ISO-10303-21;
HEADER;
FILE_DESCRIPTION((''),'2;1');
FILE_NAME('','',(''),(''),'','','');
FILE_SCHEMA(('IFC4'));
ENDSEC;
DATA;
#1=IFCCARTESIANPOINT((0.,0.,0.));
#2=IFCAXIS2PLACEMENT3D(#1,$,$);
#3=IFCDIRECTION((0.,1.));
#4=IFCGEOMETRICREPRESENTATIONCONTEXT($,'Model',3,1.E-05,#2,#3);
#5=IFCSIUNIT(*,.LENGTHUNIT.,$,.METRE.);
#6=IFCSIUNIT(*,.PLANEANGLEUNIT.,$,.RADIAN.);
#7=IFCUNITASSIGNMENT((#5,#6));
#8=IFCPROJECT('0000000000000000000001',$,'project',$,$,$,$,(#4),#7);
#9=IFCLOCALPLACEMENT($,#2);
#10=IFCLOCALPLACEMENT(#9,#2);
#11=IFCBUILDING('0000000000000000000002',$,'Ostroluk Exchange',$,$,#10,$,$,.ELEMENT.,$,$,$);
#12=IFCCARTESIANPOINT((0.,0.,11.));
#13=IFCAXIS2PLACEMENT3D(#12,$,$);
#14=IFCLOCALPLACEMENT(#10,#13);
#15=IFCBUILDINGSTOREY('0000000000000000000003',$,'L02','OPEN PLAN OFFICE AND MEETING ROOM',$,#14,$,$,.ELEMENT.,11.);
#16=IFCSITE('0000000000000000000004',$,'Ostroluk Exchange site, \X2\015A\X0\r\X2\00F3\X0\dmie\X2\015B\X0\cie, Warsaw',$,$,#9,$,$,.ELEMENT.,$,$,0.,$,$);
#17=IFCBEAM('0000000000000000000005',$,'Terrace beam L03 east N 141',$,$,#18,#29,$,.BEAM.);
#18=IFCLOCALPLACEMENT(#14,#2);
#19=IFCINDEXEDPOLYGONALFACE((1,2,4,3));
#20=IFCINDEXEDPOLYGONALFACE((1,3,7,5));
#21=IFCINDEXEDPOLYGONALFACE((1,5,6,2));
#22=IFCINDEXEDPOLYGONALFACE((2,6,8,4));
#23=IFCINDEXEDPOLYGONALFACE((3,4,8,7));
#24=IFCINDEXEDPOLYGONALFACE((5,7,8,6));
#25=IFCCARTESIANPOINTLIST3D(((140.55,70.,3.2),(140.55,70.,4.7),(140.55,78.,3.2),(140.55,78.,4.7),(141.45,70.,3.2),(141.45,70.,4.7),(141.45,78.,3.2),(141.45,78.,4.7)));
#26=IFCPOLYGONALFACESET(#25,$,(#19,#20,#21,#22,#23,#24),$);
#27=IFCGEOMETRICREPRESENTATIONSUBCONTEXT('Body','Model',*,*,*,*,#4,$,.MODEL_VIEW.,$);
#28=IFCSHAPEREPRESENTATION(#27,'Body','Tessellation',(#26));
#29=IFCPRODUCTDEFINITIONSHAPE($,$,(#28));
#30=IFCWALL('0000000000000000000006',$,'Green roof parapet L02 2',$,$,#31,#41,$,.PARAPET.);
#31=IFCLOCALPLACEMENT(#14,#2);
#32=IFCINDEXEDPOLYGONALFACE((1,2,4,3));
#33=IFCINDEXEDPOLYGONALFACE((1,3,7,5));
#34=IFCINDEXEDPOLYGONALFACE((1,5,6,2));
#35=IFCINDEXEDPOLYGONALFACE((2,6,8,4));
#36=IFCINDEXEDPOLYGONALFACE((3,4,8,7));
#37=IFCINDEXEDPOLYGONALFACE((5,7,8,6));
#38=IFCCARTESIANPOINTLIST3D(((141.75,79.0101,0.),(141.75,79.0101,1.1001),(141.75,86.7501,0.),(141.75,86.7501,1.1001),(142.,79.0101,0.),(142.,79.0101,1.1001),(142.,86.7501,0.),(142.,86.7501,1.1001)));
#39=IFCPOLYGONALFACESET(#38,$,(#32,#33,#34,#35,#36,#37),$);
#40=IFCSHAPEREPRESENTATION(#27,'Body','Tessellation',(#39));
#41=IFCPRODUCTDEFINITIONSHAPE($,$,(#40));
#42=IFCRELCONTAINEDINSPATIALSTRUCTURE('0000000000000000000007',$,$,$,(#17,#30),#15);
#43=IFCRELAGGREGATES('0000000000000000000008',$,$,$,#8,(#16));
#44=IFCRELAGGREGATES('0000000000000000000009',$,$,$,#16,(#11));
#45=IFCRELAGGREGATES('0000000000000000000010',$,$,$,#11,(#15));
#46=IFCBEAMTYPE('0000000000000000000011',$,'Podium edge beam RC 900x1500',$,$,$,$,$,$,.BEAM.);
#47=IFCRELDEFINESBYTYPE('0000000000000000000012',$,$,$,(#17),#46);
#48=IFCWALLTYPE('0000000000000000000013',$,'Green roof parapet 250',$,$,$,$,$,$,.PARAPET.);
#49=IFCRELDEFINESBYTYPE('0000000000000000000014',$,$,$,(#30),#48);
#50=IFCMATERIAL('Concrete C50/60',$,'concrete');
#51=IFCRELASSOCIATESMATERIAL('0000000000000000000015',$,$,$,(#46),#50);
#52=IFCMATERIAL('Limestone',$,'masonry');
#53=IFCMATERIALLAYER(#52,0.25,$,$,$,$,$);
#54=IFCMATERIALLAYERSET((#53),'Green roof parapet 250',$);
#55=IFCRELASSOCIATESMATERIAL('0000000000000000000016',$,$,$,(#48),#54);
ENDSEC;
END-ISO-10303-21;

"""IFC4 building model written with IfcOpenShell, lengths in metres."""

from ifc_helpers import new_model, si_unit, direction, frame, frame_2d, origin, origin_2d, place, context, subcontext, project, spatial, rectangle, extrude, material, layer, layer_set, material_profile, profile_set, type_object, element, save


model = new_model("IFC4")

# Units and contexts
model_context = context("Model", 3, precision=1e-05, world=origin(), true_north=direction((0.0, 1.0)))
body_context = subcontext(model_context, "Body", "Model", "MODEL_VIEW")
ifc_project = project(units=[si_unit("LENGTHUNIT", "METRE"), si_unit("PLANEANGLEUNIT", "RADIAN")], contexts=[model_context])

# Site, building, storey
site_placement = place(None, origin())
site = spatial("IfcSite", under=ifc_project, at=site_placement, Name="Ostroluk Exchange site, Śródmieście, Warsaw", CompositionType="ELEMENT", RefElevation=0.0)
building_placement = place(site_placement, origin())
building = spatial("IfcBuilding", under=site, at=building_placement, Name="Ostroluk Exchange", CompositionType="ELEMENT")
storey_placement = place(building_placement, frame((0.0, 0.0, 11.0)))
storey = spatial("IfcBuildingStorey", under=building, at=storey_placement, Name="L02", Description="OPEN PLAN OFFICE AND MEETING ROOM", CompositionType="ELEMENT", Elevation=11.0)

# Beam
ifc_material_1 = material(Name="Concrete C50/60", Category="concrete")
ifc_material_profile_1 = material_profile(ifc_material_1, rectangle(XDim=0.8999, YDim=1.5, at=origin_2d()), Name="RC 900x1500")
ifc_profile_set_1 = profile_set([ifc_material_profile_1], Name="Concrete C50/60")
beam_type_1 = type_object("IfcBeamType", Name="Podium edge beam RC 900x1500", PredefinedType="BEAM", material=ifc_profile_set_1)
for number, where, z_axis, x_axis, name in (
    (1, (141.0, 78.0, 3.95), (0.0, -1.0, 0.0), (1.0, 0.0, 0.0), "Terrace beam L03 east N 141"),
):
    element("IfcBeam", number, at=place(storey_placement, frame(where, z_axis=z_axis, x_axis=x_axis)), inside=storey, type_object=beam_type_1, Name=name, PredefinedType="BEAM", context=body_context, shape_type="SweptSolid", body=[
        extrude(rectangle(XDim=0.8999, YDim=1.5, at=origin_2d()), origin(), (0.0, 0.0, 1.0), 8.0),
    ])

# Wall
ifc_material_2 = material(Name="Limestone", Category="masonry")
ifc_layer_1 = layer(ifc_material_2, 0.25)
ifc_layer_set_1 = layer_set([ifc_layer_1], Name="Green roof parapet 250")
wall_type_1 = type_object("IfcWallType", Name="Green roof parapet 250", PredefinedType="PARAPET", material=ifc_layer_set_1)
wall_1_placement = place(storey_placement, frame((141.875, 79.01, 0.0), z_axis=(0.0, 0.0, 1.0), x_axis=(0.0, 1.0, 0.0)))
element("IfcWall", 2, at=wall_1_placement, inside=storey, type_object=wall_type_1, Name="Green roof parapet L02 2", PredefinedType="PARAPET", context=body_context, shape_type="SweptSolid", body=[
    extrude(rectangle(XDim=7.74, YDim=0.25, at=frame_2d((3.8701, 0.0))), origin(), (0.0, 0.0, 1.0), 1.1001),
])

save(model, "model.ifc")
